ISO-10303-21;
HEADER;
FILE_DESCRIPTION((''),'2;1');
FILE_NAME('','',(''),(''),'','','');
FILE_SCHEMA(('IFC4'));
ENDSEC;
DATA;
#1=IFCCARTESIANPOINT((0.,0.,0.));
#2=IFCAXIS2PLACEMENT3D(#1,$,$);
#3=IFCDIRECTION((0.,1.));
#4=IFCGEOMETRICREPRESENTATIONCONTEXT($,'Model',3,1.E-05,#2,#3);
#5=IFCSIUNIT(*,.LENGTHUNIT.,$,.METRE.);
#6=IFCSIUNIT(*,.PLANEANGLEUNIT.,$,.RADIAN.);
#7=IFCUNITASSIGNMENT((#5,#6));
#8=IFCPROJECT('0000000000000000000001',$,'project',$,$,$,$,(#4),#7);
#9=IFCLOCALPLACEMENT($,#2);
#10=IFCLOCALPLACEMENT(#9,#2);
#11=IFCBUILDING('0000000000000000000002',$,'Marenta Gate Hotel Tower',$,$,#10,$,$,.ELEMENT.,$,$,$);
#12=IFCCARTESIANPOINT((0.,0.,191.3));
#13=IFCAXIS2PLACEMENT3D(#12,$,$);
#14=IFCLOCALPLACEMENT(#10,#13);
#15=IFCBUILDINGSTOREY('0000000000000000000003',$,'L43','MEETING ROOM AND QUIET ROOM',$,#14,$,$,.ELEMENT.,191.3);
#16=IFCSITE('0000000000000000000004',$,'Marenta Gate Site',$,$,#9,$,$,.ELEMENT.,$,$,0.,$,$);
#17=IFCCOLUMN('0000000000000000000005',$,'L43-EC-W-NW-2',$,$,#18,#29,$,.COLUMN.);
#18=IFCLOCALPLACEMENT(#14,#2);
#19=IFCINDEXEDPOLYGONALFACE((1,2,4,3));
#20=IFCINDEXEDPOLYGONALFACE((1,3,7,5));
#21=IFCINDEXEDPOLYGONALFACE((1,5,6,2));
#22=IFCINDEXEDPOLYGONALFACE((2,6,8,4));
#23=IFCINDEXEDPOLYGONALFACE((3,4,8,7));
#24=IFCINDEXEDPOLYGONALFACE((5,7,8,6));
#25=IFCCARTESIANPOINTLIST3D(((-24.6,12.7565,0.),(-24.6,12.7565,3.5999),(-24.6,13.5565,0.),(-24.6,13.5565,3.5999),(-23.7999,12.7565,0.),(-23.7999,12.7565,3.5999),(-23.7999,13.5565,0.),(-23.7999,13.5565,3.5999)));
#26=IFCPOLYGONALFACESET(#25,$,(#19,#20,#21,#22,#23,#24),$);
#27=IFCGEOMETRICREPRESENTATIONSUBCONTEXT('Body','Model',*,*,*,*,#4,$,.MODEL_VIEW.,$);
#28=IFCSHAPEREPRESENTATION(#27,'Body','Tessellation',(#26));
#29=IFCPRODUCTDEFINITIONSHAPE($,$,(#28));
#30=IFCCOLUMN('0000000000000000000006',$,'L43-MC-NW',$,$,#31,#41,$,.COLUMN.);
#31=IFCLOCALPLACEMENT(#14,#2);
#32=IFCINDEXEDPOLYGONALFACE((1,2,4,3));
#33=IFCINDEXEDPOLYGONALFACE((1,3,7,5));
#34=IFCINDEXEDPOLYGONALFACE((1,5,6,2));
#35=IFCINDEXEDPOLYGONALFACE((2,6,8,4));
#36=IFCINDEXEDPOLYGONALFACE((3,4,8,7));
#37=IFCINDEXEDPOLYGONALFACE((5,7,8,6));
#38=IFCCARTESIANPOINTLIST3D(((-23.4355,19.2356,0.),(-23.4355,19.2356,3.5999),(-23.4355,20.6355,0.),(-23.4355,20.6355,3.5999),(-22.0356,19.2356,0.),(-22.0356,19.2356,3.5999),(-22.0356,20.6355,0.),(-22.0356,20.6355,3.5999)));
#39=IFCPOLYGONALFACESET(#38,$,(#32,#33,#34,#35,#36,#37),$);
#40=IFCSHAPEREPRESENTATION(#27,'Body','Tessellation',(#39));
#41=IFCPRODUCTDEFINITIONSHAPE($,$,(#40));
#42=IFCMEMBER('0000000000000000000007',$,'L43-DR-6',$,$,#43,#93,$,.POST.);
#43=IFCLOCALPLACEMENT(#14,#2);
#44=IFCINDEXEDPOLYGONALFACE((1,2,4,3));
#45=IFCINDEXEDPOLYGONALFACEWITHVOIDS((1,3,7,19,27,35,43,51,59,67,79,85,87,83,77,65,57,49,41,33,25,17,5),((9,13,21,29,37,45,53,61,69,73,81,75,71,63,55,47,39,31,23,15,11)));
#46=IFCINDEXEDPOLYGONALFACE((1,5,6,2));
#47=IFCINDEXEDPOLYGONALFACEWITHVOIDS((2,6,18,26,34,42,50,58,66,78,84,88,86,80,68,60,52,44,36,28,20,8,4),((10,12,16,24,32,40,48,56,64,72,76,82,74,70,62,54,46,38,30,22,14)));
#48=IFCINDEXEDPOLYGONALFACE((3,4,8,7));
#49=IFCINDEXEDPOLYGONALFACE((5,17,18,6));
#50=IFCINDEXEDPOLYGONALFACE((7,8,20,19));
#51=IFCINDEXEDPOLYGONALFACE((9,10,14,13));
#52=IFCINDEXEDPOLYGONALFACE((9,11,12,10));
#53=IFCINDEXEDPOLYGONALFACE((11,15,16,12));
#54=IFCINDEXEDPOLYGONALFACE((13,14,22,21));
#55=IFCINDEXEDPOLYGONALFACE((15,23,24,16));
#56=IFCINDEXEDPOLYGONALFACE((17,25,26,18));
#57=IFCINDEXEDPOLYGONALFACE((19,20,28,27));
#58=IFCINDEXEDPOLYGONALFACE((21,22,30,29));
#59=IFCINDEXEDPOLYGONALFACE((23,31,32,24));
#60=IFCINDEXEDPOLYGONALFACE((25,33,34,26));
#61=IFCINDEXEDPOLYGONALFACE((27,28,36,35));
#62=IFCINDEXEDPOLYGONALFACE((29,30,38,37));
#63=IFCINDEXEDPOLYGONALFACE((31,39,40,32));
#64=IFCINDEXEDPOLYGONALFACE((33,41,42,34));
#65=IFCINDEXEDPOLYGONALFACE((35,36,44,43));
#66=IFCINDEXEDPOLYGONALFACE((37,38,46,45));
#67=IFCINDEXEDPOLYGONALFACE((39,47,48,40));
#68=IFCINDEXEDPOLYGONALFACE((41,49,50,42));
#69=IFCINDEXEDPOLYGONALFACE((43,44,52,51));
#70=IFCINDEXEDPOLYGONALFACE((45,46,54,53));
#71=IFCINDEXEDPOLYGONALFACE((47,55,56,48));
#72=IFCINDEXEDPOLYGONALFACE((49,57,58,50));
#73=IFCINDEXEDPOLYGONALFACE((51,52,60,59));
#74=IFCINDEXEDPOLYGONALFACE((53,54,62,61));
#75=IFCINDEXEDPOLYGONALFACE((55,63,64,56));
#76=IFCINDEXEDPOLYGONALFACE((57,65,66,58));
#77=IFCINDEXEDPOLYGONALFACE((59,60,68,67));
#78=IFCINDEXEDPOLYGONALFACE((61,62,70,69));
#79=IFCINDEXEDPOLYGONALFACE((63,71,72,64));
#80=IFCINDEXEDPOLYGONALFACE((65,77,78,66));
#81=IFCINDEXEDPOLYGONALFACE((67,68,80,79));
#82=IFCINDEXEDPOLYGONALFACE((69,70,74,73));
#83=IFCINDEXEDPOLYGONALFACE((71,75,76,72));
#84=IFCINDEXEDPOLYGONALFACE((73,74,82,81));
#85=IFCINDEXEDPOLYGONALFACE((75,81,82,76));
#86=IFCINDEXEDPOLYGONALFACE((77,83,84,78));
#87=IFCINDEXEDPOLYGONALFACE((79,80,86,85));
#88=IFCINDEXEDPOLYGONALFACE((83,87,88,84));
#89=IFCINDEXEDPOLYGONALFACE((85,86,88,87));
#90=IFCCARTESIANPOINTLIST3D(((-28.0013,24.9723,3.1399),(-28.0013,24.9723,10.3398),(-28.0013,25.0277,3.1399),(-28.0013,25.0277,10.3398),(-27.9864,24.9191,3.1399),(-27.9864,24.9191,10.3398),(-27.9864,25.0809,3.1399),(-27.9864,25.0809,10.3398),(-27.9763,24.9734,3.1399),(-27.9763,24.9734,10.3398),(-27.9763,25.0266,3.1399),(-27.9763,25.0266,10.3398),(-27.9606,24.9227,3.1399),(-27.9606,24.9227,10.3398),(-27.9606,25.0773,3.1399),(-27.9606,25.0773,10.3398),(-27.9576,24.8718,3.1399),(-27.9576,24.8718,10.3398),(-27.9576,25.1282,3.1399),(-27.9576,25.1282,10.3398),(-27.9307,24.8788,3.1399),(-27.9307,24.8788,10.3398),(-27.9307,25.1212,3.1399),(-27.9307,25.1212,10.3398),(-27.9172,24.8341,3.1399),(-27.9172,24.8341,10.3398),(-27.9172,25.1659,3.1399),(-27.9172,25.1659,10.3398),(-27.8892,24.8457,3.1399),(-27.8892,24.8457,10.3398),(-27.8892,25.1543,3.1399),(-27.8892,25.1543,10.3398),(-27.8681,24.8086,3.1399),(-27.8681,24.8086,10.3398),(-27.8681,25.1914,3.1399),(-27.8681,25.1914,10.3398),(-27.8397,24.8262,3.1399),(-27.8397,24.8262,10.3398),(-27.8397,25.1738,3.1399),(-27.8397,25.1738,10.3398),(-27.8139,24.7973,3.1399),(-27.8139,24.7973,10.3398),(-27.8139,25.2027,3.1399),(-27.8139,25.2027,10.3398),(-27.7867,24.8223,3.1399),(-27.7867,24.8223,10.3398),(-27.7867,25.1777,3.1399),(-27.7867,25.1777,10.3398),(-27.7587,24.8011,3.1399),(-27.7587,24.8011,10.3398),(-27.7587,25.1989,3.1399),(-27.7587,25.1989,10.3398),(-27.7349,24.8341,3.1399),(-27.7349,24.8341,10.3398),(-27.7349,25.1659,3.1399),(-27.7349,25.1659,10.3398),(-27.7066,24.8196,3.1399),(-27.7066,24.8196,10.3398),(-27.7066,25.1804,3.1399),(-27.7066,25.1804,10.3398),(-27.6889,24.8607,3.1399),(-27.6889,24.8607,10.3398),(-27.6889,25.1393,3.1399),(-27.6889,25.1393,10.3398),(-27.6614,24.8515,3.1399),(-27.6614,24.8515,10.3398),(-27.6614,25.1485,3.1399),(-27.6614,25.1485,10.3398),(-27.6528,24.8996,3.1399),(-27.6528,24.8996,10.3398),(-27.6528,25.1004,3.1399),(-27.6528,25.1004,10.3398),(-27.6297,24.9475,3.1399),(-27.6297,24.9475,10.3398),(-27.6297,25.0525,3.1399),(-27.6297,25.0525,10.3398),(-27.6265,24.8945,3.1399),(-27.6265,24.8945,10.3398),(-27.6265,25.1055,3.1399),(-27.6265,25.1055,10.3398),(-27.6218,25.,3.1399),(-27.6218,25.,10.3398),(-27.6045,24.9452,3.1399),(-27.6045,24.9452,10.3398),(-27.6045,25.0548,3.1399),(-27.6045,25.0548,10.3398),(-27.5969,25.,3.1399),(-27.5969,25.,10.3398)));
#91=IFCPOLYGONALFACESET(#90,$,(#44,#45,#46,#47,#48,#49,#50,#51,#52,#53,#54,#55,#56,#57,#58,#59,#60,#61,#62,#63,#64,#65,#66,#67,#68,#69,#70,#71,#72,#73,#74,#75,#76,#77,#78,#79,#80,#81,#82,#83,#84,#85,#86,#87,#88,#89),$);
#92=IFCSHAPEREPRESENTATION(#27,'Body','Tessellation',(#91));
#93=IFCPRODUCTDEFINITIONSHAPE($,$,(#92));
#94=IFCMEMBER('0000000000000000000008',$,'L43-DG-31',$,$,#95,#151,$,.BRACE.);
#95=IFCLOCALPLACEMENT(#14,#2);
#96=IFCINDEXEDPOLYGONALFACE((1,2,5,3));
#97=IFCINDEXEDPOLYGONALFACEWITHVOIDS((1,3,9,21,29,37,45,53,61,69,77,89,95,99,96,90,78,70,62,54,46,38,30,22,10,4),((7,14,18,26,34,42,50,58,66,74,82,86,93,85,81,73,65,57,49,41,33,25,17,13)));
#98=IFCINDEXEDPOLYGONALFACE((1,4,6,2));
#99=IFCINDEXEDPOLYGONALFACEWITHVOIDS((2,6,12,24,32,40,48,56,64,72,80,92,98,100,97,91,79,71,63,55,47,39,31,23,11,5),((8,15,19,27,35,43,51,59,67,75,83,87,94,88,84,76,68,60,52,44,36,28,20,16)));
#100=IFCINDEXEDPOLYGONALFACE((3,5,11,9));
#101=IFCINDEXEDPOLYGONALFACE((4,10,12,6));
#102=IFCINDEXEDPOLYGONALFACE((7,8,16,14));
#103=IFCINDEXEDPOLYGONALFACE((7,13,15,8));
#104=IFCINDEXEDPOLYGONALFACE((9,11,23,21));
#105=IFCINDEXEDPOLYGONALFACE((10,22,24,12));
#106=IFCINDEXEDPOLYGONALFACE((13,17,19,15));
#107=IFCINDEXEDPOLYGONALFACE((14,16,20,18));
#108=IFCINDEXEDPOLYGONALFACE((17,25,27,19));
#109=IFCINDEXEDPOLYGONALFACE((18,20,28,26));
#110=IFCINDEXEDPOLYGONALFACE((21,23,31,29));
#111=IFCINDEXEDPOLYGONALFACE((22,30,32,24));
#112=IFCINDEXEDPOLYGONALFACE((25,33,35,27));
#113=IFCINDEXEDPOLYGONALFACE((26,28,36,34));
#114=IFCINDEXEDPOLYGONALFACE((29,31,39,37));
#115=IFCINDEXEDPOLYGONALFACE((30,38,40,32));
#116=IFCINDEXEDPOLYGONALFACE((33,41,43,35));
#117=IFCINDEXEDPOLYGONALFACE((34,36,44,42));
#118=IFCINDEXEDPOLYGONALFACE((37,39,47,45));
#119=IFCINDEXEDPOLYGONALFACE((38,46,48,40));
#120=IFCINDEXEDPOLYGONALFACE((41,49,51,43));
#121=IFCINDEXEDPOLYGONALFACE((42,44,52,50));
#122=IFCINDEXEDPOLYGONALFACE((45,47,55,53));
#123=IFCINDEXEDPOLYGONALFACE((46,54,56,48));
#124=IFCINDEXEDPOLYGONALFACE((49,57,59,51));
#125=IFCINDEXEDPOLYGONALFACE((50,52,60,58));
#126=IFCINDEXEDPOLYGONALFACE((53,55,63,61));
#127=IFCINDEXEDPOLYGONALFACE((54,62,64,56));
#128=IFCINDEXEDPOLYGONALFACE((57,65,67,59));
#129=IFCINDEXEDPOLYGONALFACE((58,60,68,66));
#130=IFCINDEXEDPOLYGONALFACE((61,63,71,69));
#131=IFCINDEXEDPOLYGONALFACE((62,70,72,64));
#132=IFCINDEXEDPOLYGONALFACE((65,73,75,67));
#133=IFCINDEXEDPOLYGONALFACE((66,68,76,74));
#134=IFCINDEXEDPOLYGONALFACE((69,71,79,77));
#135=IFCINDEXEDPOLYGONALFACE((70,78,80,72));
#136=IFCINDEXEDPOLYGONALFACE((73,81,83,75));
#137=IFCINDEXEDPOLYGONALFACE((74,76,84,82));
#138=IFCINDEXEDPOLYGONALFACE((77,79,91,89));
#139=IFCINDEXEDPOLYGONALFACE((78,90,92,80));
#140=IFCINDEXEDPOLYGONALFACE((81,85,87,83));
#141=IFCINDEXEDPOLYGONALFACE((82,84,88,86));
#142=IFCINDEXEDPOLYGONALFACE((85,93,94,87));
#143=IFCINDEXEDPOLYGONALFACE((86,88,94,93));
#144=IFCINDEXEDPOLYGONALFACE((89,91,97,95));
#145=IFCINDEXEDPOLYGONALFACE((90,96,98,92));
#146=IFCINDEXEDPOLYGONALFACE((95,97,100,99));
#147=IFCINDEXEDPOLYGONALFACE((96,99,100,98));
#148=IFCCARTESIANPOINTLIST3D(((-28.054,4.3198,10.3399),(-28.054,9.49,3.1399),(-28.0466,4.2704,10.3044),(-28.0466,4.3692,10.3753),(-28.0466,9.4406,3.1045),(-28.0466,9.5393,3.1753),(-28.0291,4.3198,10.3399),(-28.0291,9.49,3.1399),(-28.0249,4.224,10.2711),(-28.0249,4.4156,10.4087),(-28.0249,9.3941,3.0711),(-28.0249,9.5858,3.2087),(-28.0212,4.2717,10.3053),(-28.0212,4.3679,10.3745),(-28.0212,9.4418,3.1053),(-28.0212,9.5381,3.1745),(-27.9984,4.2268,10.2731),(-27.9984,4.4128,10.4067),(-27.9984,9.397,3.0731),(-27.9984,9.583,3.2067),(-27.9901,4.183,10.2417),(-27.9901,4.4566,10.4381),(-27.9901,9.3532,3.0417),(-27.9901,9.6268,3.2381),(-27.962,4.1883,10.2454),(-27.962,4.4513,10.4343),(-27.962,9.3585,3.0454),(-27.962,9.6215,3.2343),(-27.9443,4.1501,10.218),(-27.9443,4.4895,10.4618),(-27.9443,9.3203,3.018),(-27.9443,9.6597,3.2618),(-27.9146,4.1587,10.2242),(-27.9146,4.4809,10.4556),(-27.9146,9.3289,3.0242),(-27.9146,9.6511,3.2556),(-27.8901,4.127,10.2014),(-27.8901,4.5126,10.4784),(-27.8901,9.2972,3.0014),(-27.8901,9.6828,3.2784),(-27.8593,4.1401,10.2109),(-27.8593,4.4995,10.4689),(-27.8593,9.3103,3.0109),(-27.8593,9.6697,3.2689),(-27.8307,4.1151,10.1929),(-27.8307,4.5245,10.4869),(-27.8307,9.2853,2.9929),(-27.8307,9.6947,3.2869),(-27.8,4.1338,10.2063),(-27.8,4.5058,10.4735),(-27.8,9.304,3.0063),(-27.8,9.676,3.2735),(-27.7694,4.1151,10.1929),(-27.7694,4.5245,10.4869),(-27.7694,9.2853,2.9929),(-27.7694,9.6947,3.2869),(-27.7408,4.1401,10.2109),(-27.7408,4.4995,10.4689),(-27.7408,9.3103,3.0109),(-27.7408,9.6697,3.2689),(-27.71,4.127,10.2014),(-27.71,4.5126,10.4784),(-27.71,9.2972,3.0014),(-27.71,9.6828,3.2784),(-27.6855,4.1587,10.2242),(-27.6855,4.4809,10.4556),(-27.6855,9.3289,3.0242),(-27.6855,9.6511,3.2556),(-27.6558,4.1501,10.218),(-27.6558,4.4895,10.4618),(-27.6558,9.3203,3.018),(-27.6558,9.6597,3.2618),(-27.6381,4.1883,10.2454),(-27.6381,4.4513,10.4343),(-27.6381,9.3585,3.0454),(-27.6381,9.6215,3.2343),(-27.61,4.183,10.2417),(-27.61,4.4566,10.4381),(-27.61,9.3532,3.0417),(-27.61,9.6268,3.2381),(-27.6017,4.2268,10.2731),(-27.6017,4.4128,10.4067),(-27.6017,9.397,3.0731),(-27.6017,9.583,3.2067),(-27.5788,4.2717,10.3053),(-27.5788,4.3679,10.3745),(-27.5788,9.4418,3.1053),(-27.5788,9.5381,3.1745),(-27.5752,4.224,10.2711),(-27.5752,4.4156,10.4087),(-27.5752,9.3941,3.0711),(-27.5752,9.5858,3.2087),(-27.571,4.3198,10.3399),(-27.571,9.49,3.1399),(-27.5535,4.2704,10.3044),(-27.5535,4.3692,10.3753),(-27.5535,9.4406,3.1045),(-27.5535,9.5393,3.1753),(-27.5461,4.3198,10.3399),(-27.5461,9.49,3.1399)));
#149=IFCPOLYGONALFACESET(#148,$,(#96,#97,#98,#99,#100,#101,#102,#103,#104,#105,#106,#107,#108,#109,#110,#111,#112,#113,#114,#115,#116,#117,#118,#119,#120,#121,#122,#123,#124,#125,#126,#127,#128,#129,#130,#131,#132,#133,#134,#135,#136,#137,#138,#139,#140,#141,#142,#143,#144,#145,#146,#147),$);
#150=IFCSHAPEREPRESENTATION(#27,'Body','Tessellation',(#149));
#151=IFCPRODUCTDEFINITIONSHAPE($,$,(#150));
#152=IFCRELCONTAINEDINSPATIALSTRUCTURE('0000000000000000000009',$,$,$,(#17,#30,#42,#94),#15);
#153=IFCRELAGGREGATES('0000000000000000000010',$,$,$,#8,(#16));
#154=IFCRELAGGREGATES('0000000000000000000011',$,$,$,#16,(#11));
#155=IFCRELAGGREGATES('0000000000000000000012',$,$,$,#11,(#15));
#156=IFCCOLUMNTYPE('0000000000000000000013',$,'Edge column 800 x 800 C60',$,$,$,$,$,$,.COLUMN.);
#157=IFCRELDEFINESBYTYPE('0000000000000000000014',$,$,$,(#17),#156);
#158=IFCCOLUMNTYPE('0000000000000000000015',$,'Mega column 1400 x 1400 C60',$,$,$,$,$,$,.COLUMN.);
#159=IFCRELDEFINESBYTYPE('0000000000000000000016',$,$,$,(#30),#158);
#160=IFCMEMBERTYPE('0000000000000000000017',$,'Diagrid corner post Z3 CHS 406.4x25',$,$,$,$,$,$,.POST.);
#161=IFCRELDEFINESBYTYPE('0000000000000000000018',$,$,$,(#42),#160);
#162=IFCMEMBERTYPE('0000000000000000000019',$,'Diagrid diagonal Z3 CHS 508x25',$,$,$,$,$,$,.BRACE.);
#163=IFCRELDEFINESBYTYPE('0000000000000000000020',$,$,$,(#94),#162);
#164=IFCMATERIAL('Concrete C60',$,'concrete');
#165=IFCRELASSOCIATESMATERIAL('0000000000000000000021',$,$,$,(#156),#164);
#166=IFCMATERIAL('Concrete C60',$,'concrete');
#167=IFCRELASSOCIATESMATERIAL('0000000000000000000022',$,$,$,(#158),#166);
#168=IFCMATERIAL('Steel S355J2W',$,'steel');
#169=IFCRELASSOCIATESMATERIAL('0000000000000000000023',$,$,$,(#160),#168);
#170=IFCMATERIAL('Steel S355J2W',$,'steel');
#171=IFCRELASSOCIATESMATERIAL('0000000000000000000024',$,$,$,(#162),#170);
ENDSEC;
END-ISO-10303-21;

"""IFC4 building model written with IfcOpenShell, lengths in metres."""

from ifc_helpers import new_model, si_unit, direction, frame, origin, origin_2d, place, context, subcontext, project, spatial, rectangle, hollow_circle, extrude, material, material_profile, profile_set, type_object, element, save


model = new_model("IFC4")

# Units and contexts
model_context = context("Model", 3, precision=1e-05, world=origin(), true_north=direction((0.0, 1.0)))
body_context = subcontext(model_context, "Body", "Model", "MODEL_VIEW")
ifc_project = project(units=[si_unit("LENGTHUNIT", "METRE"), si_unit("PLANEANGLEUNIT", "RADIAN")], contexts=[model_context])

# Site, building, storey
site_placement = place(None, origin())
site = spatial("IfcSite", under=ifc_project, at=site_placement, Name="Marenta Gate Site", CompositionType="ELEMENT", RefElevation=0.0)
building_placement = place(site_placement, origin())
building = spatial("IfcBuilding", under=site, at=building_placement, Name="Marenta Gate Hotel Tower", CompositionType="ELEMENT")
storey_placement = place(building_placement, frame((0.0, 0.0, 191.3)))
storey = spatial("IfcBuildingStorey", under=building, at=storey_placement, Name="L43", Description="MEETING ROOM AND QUIET ROOM", CompositionType="ELEMENT", Elevation=191.3)

# Columns
ifc_material_1 = material(Name="Concrete C60", Category="concrete")
ifc_material_profile_1 = material_profile(ifc_material_1, rectangle(XDim=0.8, YDim=0.8, at=origin_2d()), Name="800 x 800")
ifc_profile_set_1 = profile_set([ifc_material_profile_1], Name="Concrete C60")
column_type_1 = type_object("IfcColumnType", Name="Edge column 800 x 800 C60", PredefinedType="COLUMN", material=ifc_profile_set_1)
column_1_placement = place(storey_placement, frame((-24.2, 13.1565, 0.0), z_axis=(0.0, 0.0, 1.0), x_axis=(1.0, 0.0, 0.0)))
element("IfcColumn", 1, at=column_1_placement, inside=storey, type_object=column_type_1, Name="L43-EC-W-NW-2", PredefinedType="COLUMN", context=body_context, shape_type="SweptSolid", body=[
    extrude(rectangle(XDim=0.8, YDim=0.8, at=origin_2d()), origin(), (0.0, 0.0, 1.0), 3.5999),
])
ifc_material_2 = material(Name="Concrete C60", Category="concrete")
ifc_material_profile_2 = material_profile(ifc_material_2, rectangle(XDim=1.3999, YDim=1.3999, at=origin_2d()), Name="1400 x 1400")
ifc_profile_set_2 = profile_set([ifc_material_profile_2], Name="Concrete C60")
column_type_2 = type_object("IfcColumnType", Name="Mega column 1400 x 1400 C60", PredefinedType="COLUMN", material=ifc_profile_set_2)
column_2_placement = place(storey_placement, frame((-22.7356, 19.9355, 0.0), z_axis=(0.0, 0.0, 1.0), x_axis=(1.0, 0.0, 0.0)))
element("IfcColumn", 2, at=column_2_placement, inside=storey, type_object=column_type_2, Name="L43-MC-NW", PredefinedType="COLUMN", context=body_context, shape_type="SweptSolid", body=[
    extrude(rectangle(XDim=1.3999, YDim=1.3999, at=origin_2d()), origin(), (0.0, 0.0, 1.0), 3.5999),
])

# Members
ifc_material_3 = material(Name="Steel S355J2W", Category="steel")
ifc_material_profile_3 = material_profile(ifc_material_3, hollow_circle(Radius=0.2031, WallThickness=0.0249, at=origin_2d()), Name="CHS 406.4x25")
ifc_profile_set_3 = profile_set([ifc_material_profile_3], Name="Steel S355J2W")
member_type_1 = type_object("IfcMemberType", Name="Diagrid corner post Z3 CHS 406.4x25", PredefinedType="POST", material=ifc_profile_set_3)
member_1_placement = place(storey_placement, frame((-27.8, 25.0, 3.1399), z_axis=(0.0, 0.0, 1.0), x_axis=(1.0, 0.0, 0.0)))
element("IfcMember", 3, at=member_1_placement, inside=storey, type_object=member_type_1, Name="L43-DR-6", PredefinedType="POST", context=body_context, shape_type="SweptSolid", body=[
    extrude(hollow_circle(Radius=0.2031, WallThickness=0.0249, at=origin_2d()), origin(), (0.0, 0.0, 1.0), 7.2),
])
ifc_material_4 = material(Name="Steel S355J2W", Category="steel")
ifc_material_profile_4 = material_profile(ifc_material_4, hollow_circle(Radius=0.2539, WallThickness=0.0249, at=origin_2d()), Name="CHS 508x25")
ifc_profile_set_4 = profile_set([ifc_material_profile_4], Name="Steel S355J2W")
member_type_2 = type_object("IfcMemberType", Name="Diagrid diagonal Z3 CHS 508x25", PredefinedType="BRACE", material=ifc_profile_set_4)
member_2_placement = place(storey_placement, frame((-27.8, 9.49, 3.1399), z_axis=(0.0, -0.583279, 0.812272), x_axis=(1.0, 0.0, 0.0)))
element("IfcMember", 4, at=member_2_placement, inside=storey, type_object=member_type_2, Name="L43-DG-31", PredefinedType="BRACE", context=body_context, shape_type="SweptSolid", body=[
    extrude(hollow_circle(Radius=0.2539, WallThickness=0.0249, at=origin_2d()), origin(), (0.0, 0.0, 1.0), 8.864),
])

save(model, "model.ifc")
